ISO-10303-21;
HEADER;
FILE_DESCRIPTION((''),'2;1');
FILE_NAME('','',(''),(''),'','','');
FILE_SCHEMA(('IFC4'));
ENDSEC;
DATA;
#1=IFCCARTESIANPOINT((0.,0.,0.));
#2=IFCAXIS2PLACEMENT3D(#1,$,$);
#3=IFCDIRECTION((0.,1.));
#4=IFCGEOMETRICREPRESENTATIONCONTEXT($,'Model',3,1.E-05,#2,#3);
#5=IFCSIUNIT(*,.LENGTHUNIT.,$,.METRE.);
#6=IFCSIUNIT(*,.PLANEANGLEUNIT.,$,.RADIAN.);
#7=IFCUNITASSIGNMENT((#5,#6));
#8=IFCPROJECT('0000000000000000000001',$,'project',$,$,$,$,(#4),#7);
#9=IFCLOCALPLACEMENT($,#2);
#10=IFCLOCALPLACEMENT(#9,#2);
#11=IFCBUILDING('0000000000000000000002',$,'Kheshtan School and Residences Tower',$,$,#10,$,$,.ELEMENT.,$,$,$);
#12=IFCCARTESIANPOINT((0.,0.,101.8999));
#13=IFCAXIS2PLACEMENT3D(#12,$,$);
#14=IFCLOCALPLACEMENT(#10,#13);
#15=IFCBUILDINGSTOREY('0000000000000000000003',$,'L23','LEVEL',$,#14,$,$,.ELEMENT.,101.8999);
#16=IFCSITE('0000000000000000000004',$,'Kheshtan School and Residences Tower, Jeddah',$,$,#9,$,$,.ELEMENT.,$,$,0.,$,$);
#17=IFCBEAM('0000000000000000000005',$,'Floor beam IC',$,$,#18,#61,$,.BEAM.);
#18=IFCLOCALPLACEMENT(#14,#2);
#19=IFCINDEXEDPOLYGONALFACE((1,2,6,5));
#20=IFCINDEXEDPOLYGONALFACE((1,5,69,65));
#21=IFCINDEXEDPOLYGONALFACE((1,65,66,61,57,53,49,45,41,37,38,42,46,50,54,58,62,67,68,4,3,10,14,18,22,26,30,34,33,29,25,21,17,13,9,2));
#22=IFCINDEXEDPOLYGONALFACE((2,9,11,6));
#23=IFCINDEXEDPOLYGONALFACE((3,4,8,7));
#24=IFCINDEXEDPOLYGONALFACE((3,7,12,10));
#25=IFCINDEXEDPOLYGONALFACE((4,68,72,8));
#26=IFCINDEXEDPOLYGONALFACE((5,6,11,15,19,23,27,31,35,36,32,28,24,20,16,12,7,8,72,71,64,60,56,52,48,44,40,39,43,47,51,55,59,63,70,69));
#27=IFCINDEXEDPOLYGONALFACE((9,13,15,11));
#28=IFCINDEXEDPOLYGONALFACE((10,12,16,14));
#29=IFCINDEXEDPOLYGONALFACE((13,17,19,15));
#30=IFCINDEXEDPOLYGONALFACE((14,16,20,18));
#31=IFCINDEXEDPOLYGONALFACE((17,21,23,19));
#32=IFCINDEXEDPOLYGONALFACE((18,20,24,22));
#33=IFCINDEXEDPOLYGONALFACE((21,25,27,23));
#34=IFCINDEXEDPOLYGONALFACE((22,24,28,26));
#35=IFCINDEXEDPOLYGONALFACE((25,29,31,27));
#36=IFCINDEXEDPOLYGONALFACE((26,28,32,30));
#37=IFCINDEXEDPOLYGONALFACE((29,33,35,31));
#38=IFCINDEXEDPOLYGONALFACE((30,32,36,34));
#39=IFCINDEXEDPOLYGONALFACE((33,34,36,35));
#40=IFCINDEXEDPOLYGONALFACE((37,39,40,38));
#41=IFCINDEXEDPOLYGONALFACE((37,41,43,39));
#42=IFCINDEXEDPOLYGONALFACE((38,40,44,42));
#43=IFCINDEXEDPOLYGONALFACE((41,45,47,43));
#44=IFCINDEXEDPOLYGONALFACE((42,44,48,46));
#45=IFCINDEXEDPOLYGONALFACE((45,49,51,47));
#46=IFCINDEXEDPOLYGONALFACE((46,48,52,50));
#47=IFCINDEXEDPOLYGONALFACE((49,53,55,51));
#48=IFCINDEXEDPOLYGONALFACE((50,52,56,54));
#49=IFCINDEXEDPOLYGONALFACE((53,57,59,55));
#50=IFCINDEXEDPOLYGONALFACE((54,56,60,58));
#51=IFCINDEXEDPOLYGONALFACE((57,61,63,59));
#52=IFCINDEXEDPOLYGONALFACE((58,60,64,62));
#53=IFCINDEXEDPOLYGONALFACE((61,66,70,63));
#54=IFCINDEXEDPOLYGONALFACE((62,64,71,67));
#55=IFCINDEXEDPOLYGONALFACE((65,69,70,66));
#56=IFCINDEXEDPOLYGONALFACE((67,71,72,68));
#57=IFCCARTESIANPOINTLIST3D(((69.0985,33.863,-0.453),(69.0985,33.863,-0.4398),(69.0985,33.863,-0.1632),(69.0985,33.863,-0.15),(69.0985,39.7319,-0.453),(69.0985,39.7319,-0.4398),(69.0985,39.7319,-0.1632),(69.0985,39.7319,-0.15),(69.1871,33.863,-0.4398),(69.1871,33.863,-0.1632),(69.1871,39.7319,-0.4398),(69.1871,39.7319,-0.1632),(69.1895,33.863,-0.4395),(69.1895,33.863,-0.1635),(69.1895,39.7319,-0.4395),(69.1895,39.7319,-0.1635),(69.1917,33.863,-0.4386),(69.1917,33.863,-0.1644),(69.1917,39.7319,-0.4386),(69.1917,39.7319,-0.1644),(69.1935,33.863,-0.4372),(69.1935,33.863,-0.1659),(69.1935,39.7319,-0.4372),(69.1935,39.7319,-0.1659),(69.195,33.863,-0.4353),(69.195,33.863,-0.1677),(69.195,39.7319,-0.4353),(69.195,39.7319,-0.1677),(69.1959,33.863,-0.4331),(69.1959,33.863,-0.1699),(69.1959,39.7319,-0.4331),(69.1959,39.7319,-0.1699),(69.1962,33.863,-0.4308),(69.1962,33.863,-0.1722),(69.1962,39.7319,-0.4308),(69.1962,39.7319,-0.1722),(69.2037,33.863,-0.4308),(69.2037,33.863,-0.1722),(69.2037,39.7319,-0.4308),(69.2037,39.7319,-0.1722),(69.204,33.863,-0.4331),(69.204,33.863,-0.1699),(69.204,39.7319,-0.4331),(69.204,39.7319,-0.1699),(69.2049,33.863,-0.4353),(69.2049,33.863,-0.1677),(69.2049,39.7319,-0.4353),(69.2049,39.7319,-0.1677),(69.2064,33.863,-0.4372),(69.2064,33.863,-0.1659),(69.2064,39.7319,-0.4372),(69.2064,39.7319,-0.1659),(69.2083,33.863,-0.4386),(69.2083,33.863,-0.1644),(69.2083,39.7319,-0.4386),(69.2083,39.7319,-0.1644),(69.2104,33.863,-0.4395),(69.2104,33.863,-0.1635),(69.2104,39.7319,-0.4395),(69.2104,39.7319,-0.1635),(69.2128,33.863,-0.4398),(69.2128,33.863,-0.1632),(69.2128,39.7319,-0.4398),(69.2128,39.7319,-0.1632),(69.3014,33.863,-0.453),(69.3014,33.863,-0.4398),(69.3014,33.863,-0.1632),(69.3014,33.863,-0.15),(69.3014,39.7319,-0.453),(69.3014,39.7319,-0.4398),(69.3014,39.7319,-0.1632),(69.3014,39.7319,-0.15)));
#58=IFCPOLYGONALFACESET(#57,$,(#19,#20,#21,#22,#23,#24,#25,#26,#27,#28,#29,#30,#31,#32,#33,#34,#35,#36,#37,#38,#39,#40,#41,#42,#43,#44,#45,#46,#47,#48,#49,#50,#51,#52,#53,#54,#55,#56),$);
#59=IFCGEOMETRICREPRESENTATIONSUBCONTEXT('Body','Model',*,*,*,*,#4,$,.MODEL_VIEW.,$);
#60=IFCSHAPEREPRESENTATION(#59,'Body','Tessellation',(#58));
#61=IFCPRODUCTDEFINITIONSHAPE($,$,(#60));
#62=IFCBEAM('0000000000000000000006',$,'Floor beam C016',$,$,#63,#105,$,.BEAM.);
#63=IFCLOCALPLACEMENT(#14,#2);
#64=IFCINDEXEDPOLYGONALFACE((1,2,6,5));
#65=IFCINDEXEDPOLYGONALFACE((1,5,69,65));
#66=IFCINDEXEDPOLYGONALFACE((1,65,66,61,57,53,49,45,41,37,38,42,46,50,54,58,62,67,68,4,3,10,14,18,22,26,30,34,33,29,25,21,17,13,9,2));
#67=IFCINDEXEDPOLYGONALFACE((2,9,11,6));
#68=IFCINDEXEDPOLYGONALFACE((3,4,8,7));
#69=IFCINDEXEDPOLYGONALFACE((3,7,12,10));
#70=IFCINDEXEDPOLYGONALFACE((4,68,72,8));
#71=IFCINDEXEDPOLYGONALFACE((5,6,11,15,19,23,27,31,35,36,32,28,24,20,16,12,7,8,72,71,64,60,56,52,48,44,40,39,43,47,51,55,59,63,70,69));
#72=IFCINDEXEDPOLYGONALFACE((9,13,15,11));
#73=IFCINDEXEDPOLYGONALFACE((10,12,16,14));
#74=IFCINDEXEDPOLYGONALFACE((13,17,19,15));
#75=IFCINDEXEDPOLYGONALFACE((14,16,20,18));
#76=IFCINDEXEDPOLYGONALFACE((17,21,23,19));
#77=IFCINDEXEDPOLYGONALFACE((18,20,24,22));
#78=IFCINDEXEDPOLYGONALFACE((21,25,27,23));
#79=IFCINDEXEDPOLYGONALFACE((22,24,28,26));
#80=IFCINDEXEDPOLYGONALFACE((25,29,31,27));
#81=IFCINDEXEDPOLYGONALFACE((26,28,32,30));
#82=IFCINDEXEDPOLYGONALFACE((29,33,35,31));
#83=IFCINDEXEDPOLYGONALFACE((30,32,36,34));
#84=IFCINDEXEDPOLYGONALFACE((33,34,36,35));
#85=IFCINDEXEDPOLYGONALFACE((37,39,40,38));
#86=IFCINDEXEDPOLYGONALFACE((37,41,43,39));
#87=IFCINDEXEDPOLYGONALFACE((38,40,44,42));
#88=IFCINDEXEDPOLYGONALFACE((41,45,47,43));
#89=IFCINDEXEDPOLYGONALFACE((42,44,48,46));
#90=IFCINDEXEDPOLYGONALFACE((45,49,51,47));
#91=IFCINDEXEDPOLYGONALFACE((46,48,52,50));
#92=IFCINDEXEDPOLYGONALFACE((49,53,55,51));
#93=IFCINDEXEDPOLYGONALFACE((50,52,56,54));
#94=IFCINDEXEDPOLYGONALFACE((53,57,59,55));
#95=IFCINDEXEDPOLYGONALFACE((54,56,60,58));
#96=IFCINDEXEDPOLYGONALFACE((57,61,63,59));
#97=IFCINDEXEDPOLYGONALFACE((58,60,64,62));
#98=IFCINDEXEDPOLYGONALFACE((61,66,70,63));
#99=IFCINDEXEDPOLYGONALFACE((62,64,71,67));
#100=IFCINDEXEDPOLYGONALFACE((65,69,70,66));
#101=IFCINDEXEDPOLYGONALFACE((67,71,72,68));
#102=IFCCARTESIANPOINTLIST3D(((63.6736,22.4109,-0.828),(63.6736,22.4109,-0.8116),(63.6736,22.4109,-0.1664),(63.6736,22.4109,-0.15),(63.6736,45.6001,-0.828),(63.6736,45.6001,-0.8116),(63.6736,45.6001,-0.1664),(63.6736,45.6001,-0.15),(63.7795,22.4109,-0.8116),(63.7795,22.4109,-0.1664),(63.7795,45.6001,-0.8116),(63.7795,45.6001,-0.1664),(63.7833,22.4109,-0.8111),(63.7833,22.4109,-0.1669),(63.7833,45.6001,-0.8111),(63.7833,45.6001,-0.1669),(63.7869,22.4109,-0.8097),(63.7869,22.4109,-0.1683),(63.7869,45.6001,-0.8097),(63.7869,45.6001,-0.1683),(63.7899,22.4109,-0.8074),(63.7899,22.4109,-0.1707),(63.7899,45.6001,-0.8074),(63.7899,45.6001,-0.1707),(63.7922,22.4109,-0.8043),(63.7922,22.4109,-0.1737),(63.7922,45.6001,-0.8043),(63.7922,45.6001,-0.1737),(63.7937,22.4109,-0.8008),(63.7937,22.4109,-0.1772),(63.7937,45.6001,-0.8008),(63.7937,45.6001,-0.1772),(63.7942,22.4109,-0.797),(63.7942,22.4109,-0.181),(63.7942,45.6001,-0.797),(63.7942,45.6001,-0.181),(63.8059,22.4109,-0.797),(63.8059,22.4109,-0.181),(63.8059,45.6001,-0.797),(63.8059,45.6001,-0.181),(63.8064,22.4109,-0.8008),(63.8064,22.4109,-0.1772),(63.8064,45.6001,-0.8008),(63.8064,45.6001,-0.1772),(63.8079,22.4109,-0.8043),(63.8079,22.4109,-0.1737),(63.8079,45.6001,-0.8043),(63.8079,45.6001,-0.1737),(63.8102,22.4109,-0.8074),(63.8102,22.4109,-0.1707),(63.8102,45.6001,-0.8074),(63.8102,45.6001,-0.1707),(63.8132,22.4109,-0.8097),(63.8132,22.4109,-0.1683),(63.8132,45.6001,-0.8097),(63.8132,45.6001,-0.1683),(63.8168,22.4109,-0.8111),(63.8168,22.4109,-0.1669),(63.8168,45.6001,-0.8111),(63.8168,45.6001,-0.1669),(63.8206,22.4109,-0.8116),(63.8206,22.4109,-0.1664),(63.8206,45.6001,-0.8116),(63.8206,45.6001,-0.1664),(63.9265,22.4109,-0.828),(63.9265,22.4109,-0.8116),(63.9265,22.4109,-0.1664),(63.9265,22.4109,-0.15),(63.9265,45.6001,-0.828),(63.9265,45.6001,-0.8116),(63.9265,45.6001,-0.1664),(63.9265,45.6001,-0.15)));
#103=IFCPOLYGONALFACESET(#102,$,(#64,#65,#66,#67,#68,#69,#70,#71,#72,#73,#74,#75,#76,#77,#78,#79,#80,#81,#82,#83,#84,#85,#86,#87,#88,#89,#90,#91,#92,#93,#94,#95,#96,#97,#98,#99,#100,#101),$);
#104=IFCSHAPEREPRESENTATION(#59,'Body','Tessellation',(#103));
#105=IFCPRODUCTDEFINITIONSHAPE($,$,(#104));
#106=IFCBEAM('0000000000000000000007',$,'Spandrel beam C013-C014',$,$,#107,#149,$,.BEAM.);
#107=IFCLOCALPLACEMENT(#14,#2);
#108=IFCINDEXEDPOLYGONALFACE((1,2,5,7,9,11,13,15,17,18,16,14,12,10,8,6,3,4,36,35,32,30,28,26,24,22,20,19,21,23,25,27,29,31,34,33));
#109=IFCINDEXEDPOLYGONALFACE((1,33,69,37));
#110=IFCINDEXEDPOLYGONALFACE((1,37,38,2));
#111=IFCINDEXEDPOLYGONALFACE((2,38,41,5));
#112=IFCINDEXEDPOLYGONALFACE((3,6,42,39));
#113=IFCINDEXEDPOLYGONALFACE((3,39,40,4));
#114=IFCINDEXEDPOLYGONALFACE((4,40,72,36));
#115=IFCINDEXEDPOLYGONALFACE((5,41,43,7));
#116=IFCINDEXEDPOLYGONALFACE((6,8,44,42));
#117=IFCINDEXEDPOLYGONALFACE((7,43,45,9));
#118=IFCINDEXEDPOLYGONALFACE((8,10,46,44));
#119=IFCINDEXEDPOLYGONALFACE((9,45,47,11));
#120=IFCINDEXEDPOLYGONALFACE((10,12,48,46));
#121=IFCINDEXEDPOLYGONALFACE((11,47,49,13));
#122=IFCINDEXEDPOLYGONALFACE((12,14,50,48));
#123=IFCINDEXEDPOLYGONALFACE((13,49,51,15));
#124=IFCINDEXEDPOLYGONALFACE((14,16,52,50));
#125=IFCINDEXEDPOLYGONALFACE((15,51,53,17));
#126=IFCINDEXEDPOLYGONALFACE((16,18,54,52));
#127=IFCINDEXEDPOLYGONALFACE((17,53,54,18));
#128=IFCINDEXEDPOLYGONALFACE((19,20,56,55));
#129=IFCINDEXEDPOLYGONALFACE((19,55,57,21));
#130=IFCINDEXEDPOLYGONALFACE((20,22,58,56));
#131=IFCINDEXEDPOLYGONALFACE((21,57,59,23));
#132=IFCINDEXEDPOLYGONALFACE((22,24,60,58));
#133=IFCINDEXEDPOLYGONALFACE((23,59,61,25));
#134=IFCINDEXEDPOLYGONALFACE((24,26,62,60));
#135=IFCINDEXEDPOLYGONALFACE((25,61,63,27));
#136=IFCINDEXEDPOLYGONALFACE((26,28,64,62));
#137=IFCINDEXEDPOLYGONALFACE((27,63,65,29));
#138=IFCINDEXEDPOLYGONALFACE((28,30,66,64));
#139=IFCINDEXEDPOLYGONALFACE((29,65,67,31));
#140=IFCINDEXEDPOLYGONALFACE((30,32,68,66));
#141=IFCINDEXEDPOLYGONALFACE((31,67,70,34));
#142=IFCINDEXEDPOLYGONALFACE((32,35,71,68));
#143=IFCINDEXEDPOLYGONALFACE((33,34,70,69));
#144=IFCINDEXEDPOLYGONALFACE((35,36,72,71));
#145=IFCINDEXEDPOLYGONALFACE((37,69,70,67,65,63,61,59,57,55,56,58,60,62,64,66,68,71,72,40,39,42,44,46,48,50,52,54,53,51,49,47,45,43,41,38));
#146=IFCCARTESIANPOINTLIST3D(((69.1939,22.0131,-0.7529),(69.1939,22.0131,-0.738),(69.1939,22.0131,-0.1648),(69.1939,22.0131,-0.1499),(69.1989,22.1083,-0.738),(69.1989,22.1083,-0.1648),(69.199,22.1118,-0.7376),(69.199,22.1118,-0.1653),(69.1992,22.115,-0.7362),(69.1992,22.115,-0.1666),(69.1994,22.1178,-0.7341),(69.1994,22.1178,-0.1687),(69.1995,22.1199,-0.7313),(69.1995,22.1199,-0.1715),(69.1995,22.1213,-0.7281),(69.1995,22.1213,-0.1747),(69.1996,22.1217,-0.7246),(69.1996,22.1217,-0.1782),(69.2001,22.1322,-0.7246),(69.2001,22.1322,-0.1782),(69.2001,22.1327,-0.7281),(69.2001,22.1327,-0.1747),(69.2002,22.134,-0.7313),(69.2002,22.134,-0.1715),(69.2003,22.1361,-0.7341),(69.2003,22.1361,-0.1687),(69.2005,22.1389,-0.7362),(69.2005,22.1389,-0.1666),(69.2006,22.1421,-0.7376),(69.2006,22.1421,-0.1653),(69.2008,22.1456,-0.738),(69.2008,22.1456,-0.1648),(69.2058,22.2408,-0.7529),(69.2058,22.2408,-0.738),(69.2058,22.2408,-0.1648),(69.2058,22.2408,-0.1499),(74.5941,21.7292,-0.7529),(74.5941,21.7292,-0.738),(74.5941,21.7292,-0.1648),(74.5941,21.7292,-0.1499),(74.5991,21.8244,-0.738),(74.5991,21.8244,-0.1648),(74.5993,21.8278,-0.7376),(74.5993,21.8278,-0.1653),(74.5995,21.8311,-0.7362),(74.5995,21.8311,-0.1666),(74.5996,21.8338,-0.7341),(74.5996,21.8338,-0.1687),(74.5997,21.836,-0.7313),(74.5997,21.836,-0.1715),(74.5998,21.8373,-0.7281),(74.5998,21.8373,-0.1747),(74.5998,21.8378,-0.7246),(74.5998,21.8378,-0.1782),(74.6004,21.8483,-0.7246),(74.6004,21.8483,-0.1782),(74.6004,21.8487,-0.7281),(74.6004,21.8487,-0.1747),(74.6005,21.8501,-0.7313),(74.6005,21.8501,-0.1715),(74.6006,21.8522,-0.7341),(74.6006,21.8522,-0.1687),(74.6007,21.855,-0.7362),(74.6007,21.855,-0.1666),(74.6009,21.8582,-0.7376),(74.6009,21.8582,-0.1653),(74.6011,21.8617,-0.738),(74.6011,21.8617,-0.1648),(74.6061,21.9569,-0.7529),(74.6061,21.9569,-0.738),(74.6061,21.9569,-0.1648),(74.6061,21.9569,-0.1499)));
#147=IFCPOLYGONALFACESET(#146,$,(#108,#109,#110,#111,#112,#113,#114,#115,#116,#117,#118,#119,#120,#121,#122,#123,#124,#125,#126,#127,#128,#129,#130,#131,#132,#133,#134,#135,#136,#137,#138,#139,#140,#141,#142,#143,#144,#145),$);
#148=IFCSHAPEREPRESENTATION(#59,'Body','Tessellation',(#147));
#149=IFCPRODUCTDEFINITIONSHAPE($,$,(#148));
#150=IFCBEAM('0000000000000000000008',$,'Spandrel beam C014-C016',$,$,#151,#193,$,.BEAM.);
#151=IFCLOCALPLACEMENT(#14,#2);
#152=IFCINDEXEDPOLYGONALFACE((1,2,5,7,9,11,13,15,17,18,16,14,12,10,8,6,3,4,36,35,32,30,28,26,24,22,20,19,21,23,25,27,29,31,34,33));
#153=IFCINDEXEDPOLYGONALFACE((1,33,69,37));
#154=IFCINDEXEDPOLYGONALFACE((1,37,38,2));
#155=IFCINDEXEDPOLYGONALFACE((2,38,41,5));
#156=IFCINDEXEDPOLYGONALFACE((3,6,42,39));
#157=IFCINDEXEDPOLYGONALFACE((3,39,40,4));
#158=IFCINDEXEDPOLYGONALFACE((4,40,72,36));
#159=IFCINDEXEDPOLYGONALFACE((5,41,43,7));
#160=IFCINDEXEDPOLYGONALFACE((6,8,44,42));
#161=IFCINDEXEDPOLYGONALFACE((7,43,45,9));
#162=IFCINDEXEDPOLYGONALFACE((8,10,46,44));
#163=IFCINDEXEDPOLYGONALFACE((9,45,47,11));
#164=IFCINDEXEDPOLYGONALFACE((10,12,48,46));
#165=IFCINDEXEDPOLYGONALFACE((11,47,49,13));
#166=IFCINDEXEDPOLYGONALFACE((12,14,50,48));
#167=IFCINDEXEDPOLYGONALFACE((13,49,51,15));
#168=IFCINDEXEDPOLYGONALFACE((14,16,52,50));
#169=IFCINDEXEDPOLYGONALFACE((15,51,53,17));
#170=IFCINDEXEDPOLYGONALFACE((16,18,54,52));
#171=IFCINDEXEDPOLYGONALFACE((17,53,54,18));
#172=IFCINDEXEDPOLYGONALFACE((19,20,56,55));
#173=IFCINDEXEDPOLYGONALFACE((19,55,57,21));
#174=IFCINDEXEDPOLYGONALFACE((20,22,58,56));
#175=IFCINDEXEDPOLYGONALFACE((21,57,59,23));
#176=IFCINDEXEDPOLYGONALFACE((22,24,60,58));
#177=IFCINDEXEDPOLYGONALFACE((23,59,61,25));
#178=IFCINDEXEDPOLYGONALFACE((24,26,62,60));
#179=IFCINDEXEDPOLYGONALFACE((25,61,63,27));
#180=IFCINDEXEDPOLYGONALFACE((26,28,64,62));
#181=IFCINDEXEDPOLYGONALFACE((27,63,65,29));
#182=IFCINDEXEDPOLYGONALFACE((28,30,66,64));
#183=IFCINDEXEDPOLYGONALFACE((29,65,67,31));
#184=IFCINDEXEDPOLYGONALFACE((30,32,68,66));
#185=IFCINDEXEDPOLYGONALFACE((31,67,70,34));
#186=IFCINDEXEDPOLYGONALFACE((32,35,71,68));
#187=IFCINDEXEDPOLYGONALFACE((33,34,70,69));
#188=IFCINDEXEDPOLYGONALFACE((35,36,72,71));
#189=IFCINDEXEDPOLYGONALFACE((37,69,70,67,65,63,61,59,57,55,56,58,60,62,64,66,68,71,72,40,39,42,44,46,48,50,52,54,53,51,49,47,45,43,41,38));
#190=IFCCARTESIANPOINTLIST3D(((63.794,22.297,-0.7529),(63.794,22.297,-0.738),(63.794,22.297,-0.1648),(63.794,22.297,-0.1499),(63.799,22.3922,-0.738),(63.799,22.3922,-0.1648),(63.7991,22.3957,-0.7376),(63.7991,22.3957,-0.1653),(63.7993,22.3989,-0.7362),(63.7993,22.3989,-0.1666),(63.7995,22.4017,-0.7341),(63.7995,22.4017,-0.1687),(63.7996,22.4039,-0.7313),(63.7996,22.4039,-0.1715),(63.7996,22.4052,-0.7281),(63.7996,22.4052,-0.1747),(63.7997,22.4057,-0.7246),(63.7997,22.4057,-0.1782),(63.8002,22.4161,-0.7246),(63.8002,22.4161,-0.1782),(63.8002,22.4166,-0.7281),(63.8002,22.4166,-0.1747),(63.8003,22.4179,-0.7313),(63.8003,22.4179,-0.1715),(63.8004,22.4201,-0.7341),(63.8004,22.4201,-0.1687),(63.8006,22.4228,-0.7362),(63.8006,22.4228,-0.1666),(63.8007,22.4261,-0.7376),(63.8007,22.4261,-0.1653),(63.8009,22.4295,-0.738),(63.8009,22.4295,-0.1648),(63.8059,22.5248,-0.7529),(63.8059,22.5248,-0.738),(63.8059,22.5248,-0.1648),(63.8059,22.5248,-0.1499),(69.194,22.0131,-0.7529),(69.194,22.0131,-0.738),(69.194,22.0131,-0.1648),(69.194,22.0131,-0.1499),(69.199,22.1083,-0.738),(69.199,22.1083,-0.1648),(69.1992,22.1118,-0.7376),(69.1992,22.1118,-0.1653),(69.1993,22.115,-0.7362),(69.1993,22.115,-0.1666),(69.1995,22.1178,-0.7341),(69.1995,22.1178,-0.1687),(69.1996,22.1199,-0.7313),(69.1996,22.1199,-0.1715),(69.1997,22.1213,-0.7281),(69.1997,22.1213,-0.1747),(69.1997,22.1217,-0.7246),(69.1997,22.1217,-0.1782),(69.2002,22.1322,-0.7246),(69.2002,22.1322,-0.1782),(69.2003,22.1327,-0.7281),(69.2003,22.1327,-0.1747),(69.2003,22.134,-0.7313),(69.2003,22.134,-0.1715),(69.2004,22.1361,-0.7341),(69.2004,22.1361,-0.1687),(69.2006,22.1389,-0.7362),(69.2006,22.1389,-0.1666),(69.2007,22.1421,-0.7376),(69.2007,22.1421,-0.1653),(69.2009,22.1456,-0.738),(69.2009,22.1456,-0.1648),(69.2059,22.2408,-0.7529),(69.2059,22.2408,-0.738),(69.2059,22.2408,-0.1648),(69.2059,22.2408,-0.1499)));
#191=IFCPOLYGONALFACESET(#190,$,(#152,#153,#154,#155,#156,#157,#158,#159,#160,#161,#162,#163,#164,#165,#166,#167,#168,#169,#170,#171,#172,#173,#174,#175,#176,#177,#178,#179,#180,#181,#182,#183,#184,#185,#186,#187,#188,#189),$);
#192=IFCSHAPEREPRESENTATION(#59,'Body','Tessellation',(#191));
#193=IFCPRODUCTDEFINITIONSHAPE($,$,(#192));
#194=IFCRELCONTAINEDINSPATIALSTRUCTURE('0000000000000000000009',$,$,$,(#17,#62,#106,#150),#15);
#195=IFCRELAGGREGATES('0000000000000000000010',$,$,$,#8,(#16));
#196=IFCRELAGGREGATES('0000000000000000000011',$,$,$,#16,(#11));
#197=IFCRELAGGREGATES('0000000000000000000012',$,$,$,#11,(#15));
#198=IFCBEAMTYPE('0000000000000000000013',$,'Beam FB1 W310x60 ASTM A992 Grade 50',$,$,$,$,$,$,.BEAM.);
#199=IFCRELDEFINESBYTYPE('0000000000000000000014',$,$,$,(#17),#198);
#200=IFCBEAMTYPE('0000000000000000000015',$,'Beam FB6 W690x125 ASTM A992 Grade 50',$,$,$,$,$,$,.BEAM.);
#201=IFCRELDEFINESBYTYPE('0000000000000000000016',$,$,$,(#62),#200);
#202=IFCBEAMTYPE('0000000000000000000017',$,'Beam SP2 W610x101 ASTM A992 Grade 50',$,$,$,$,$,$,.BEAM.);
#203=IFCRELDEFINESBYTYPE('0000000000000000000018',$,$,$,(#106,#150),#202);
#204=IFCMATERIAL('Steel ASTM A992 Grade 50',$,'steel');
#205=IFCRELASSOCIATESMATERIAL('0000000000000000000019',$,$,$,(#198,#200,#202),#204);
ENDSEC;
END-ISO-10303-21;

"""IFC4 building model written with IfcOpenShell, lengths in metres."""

from ifc_helpers import new_model, si_unit, direction, frame, origin, origin_2d, place, context, subcontext, project, spatial, i_section, extrude, material, material_profile, profile_set, type_object, element, save


model = new_model("IFC4")

# Units and contexts
model_context = context("Model", 3, precision=1e-05, world=origin(), true_north=direction((0.0, 1.0)))
body_context = subcontext(model_context, "Body", "Model", "MODEL_VIEW")
ifc_project = project(units=[si_unit("LENGTHUNIT", "METRE"), si_unit("PLANEANGLEUNIT", "RADIAN")], contexts=[model_context])

# Site, building, storey
site_placement = place(None, origin())
site = spatial("IfcSite", under=ifc_project, at=site_placement, Name="Kheshtan School and Residences Tower, Jeddah", CompositionType="ELEMENT", RefElevation=0.0)
building_placement = place(site_placement, origin())
building = spatial("IfcBuilding", under=site, at=building_placement, Name="Kheshtan School and Residences Tower", CompositionType="ELEMENT")
storey_placement = place(building_placement, frame((0.0, 0.0, 101.8999)))
storey = spatial("IfcBuildingStorey", under=building, at=storey_placement, Name="L23", Description="LEVEL", CompositionType="ELEMENT", Elevation=101.8999)

# Shared definitions
ifc_material_1 = material(Name="Steel ASTM A992 Grade 50", Category="steel")

# Beams
ifc_material_profile_1 = material_profile(ifc_material_1, i_section(OverallWidth=0.2029, OverallDepth=0.303, WebThickness=0.0076, FlangeThickness=0.0132, FilletRadius=0.009, at=origin_2d()), Name="W310x60")
ifc_profile_set_1 = profile_set([ifc_material_profile_1], Name="Steel ASTM A992 Grade 50")
beam_type_1 = type_object("IfcBeamType", Name="Beam FB1 W310x60 ASTM A992 Grade 50", PredefinedType="BEAM", material=ifc_profile_set_1)
beam_1_placement = place(storey_placement, frame((69.2, 33.863, -0.3015), z_axis=(0.0, 1.0, 0.0), x_axis=(-1.0, 0.0, 0.0)))
element("IfcBeam", 1, at=beam_1_placement, inside=storey, type_object=beam_type_1, Name="Floor beam IC", PredefinedType="BEAM", context=body_context, shape_type="SweptSolid", body=[
    extrude(i_section(OverallWidth=0.2029, OverallDepth=0.303, WebThickness=0.0076, FlangeThickness=0.0132, FilletRadius=0.009, at=origin_2d()), origin(), (0.0, 0.0, 1.0), 5.8689),
])
ifc_material_profile_2 = material_profile(ifc_material_1, i_section(OverallWidth=0.2529, OverallDepth=0.678, WebThickness=0.0117, FlangeThickness=0.0164, FilletRadius=0.0146, at=origin_2d()), Name="W690x125")
ifc_profile_set_2 = profile_set([ifc_material_profile_2], Name="Steel ASTM A992 Grade 50")
beam_type_2 = type_object("IfcBeamType", Name="Beam FB6 W690x125 ASTM A992 Grade 50", PredefinedType="BEAM", material=ifc_profile_set_2)
beam_2_placement = place(storey_placement, frame((63.8, 22.4109, -0.489), z_axis=(0.0, 1.0, 0.0), x_axis=(-1.0, 0.0, 0.0)))
element("IfcBeam", 2, at=beam_2_placement, inside=storey, type_object=beam_type_2, Name="Floor beam C016", PredefinedType="BEAM", context=body_context, shape_type="SweptSolid", body=[
    extrude(i_section(OverallWidth=0.2529, OverallDepth=0.678, WebThickness=0.0117, FlangeThickness=0.0164, FilletRadius=0.0146, at=origin_2d()), origin(), (0.0, 0.0, 1.0), 23.1892),
])
ifc_material_profile_3 = material_profile(ifc_material_1, i_section(OverallWidth=0.228, OverallDepth=0.603, WebThickness=0.0105, FlangeThickness=0.0149, FilletRadius=0.0134, at=origin_2d()), Name="W610x101")
ifc_profile_set_3 = profile_set([ifc_material_profile_3], Name="Steel ASTM A992 Grade 50")
beam_type_3 = type_object("IfcBeamType", Name="Beam SP2 W610x101 ASTM A992 Grade 50", PredefinedType="BEAM", material=ifc_profile_set_3)
beam_3_placement = place(storey_placement, frame((74.6001, 21.843, -0.4514), z_axis=(-0.998621, 0.052507, 0.0), x_axis=(-0.052507, -0.998621, 0.0)))
element("IfcBeam", 3, at=beam_3_placement, inside=storey, type_object=beam_type_3, Name="Spandrel beam C013-C014", PredefinedType="BEAM", context=body_context, shape_type="SweptSolid", body=[
    extrude(i_section(OverallWidth=0.228, OverallDepth=0.603, WebThickness=0.0105, FlangeThickness=0.0149, FilletRadius=0.0134, at=origin_2d()), origin(), (0.0, 0.0, 1.0), 5.4077),
])
beam_4_placement = place(storey_placement, frame((69.2, 22.127, -0.4514), z_axis=(-0.99862, 0.052509, 0.0), x_axis=(-0.052509, -0.99862, 0.0)))
element("IfcBeam", 4, at=beam_4_placement, inside=storey, type_object=beam_type_3, Name="Spandrel beam C014-C016", PredefinedType="BEAM", context=body_context, shape_type="SweptSolid", body=[
    extrude(i_section(OverallWidth=0.228, OverallDepth=0.603, WebThickness=0.0105, FlangeThickness=0.0149, FilletRadius=0.0134, at=origin_2d()), origin(), (0.0, 0.0, 1.0), 5.4075),
])

save(model, "model.ifc")
